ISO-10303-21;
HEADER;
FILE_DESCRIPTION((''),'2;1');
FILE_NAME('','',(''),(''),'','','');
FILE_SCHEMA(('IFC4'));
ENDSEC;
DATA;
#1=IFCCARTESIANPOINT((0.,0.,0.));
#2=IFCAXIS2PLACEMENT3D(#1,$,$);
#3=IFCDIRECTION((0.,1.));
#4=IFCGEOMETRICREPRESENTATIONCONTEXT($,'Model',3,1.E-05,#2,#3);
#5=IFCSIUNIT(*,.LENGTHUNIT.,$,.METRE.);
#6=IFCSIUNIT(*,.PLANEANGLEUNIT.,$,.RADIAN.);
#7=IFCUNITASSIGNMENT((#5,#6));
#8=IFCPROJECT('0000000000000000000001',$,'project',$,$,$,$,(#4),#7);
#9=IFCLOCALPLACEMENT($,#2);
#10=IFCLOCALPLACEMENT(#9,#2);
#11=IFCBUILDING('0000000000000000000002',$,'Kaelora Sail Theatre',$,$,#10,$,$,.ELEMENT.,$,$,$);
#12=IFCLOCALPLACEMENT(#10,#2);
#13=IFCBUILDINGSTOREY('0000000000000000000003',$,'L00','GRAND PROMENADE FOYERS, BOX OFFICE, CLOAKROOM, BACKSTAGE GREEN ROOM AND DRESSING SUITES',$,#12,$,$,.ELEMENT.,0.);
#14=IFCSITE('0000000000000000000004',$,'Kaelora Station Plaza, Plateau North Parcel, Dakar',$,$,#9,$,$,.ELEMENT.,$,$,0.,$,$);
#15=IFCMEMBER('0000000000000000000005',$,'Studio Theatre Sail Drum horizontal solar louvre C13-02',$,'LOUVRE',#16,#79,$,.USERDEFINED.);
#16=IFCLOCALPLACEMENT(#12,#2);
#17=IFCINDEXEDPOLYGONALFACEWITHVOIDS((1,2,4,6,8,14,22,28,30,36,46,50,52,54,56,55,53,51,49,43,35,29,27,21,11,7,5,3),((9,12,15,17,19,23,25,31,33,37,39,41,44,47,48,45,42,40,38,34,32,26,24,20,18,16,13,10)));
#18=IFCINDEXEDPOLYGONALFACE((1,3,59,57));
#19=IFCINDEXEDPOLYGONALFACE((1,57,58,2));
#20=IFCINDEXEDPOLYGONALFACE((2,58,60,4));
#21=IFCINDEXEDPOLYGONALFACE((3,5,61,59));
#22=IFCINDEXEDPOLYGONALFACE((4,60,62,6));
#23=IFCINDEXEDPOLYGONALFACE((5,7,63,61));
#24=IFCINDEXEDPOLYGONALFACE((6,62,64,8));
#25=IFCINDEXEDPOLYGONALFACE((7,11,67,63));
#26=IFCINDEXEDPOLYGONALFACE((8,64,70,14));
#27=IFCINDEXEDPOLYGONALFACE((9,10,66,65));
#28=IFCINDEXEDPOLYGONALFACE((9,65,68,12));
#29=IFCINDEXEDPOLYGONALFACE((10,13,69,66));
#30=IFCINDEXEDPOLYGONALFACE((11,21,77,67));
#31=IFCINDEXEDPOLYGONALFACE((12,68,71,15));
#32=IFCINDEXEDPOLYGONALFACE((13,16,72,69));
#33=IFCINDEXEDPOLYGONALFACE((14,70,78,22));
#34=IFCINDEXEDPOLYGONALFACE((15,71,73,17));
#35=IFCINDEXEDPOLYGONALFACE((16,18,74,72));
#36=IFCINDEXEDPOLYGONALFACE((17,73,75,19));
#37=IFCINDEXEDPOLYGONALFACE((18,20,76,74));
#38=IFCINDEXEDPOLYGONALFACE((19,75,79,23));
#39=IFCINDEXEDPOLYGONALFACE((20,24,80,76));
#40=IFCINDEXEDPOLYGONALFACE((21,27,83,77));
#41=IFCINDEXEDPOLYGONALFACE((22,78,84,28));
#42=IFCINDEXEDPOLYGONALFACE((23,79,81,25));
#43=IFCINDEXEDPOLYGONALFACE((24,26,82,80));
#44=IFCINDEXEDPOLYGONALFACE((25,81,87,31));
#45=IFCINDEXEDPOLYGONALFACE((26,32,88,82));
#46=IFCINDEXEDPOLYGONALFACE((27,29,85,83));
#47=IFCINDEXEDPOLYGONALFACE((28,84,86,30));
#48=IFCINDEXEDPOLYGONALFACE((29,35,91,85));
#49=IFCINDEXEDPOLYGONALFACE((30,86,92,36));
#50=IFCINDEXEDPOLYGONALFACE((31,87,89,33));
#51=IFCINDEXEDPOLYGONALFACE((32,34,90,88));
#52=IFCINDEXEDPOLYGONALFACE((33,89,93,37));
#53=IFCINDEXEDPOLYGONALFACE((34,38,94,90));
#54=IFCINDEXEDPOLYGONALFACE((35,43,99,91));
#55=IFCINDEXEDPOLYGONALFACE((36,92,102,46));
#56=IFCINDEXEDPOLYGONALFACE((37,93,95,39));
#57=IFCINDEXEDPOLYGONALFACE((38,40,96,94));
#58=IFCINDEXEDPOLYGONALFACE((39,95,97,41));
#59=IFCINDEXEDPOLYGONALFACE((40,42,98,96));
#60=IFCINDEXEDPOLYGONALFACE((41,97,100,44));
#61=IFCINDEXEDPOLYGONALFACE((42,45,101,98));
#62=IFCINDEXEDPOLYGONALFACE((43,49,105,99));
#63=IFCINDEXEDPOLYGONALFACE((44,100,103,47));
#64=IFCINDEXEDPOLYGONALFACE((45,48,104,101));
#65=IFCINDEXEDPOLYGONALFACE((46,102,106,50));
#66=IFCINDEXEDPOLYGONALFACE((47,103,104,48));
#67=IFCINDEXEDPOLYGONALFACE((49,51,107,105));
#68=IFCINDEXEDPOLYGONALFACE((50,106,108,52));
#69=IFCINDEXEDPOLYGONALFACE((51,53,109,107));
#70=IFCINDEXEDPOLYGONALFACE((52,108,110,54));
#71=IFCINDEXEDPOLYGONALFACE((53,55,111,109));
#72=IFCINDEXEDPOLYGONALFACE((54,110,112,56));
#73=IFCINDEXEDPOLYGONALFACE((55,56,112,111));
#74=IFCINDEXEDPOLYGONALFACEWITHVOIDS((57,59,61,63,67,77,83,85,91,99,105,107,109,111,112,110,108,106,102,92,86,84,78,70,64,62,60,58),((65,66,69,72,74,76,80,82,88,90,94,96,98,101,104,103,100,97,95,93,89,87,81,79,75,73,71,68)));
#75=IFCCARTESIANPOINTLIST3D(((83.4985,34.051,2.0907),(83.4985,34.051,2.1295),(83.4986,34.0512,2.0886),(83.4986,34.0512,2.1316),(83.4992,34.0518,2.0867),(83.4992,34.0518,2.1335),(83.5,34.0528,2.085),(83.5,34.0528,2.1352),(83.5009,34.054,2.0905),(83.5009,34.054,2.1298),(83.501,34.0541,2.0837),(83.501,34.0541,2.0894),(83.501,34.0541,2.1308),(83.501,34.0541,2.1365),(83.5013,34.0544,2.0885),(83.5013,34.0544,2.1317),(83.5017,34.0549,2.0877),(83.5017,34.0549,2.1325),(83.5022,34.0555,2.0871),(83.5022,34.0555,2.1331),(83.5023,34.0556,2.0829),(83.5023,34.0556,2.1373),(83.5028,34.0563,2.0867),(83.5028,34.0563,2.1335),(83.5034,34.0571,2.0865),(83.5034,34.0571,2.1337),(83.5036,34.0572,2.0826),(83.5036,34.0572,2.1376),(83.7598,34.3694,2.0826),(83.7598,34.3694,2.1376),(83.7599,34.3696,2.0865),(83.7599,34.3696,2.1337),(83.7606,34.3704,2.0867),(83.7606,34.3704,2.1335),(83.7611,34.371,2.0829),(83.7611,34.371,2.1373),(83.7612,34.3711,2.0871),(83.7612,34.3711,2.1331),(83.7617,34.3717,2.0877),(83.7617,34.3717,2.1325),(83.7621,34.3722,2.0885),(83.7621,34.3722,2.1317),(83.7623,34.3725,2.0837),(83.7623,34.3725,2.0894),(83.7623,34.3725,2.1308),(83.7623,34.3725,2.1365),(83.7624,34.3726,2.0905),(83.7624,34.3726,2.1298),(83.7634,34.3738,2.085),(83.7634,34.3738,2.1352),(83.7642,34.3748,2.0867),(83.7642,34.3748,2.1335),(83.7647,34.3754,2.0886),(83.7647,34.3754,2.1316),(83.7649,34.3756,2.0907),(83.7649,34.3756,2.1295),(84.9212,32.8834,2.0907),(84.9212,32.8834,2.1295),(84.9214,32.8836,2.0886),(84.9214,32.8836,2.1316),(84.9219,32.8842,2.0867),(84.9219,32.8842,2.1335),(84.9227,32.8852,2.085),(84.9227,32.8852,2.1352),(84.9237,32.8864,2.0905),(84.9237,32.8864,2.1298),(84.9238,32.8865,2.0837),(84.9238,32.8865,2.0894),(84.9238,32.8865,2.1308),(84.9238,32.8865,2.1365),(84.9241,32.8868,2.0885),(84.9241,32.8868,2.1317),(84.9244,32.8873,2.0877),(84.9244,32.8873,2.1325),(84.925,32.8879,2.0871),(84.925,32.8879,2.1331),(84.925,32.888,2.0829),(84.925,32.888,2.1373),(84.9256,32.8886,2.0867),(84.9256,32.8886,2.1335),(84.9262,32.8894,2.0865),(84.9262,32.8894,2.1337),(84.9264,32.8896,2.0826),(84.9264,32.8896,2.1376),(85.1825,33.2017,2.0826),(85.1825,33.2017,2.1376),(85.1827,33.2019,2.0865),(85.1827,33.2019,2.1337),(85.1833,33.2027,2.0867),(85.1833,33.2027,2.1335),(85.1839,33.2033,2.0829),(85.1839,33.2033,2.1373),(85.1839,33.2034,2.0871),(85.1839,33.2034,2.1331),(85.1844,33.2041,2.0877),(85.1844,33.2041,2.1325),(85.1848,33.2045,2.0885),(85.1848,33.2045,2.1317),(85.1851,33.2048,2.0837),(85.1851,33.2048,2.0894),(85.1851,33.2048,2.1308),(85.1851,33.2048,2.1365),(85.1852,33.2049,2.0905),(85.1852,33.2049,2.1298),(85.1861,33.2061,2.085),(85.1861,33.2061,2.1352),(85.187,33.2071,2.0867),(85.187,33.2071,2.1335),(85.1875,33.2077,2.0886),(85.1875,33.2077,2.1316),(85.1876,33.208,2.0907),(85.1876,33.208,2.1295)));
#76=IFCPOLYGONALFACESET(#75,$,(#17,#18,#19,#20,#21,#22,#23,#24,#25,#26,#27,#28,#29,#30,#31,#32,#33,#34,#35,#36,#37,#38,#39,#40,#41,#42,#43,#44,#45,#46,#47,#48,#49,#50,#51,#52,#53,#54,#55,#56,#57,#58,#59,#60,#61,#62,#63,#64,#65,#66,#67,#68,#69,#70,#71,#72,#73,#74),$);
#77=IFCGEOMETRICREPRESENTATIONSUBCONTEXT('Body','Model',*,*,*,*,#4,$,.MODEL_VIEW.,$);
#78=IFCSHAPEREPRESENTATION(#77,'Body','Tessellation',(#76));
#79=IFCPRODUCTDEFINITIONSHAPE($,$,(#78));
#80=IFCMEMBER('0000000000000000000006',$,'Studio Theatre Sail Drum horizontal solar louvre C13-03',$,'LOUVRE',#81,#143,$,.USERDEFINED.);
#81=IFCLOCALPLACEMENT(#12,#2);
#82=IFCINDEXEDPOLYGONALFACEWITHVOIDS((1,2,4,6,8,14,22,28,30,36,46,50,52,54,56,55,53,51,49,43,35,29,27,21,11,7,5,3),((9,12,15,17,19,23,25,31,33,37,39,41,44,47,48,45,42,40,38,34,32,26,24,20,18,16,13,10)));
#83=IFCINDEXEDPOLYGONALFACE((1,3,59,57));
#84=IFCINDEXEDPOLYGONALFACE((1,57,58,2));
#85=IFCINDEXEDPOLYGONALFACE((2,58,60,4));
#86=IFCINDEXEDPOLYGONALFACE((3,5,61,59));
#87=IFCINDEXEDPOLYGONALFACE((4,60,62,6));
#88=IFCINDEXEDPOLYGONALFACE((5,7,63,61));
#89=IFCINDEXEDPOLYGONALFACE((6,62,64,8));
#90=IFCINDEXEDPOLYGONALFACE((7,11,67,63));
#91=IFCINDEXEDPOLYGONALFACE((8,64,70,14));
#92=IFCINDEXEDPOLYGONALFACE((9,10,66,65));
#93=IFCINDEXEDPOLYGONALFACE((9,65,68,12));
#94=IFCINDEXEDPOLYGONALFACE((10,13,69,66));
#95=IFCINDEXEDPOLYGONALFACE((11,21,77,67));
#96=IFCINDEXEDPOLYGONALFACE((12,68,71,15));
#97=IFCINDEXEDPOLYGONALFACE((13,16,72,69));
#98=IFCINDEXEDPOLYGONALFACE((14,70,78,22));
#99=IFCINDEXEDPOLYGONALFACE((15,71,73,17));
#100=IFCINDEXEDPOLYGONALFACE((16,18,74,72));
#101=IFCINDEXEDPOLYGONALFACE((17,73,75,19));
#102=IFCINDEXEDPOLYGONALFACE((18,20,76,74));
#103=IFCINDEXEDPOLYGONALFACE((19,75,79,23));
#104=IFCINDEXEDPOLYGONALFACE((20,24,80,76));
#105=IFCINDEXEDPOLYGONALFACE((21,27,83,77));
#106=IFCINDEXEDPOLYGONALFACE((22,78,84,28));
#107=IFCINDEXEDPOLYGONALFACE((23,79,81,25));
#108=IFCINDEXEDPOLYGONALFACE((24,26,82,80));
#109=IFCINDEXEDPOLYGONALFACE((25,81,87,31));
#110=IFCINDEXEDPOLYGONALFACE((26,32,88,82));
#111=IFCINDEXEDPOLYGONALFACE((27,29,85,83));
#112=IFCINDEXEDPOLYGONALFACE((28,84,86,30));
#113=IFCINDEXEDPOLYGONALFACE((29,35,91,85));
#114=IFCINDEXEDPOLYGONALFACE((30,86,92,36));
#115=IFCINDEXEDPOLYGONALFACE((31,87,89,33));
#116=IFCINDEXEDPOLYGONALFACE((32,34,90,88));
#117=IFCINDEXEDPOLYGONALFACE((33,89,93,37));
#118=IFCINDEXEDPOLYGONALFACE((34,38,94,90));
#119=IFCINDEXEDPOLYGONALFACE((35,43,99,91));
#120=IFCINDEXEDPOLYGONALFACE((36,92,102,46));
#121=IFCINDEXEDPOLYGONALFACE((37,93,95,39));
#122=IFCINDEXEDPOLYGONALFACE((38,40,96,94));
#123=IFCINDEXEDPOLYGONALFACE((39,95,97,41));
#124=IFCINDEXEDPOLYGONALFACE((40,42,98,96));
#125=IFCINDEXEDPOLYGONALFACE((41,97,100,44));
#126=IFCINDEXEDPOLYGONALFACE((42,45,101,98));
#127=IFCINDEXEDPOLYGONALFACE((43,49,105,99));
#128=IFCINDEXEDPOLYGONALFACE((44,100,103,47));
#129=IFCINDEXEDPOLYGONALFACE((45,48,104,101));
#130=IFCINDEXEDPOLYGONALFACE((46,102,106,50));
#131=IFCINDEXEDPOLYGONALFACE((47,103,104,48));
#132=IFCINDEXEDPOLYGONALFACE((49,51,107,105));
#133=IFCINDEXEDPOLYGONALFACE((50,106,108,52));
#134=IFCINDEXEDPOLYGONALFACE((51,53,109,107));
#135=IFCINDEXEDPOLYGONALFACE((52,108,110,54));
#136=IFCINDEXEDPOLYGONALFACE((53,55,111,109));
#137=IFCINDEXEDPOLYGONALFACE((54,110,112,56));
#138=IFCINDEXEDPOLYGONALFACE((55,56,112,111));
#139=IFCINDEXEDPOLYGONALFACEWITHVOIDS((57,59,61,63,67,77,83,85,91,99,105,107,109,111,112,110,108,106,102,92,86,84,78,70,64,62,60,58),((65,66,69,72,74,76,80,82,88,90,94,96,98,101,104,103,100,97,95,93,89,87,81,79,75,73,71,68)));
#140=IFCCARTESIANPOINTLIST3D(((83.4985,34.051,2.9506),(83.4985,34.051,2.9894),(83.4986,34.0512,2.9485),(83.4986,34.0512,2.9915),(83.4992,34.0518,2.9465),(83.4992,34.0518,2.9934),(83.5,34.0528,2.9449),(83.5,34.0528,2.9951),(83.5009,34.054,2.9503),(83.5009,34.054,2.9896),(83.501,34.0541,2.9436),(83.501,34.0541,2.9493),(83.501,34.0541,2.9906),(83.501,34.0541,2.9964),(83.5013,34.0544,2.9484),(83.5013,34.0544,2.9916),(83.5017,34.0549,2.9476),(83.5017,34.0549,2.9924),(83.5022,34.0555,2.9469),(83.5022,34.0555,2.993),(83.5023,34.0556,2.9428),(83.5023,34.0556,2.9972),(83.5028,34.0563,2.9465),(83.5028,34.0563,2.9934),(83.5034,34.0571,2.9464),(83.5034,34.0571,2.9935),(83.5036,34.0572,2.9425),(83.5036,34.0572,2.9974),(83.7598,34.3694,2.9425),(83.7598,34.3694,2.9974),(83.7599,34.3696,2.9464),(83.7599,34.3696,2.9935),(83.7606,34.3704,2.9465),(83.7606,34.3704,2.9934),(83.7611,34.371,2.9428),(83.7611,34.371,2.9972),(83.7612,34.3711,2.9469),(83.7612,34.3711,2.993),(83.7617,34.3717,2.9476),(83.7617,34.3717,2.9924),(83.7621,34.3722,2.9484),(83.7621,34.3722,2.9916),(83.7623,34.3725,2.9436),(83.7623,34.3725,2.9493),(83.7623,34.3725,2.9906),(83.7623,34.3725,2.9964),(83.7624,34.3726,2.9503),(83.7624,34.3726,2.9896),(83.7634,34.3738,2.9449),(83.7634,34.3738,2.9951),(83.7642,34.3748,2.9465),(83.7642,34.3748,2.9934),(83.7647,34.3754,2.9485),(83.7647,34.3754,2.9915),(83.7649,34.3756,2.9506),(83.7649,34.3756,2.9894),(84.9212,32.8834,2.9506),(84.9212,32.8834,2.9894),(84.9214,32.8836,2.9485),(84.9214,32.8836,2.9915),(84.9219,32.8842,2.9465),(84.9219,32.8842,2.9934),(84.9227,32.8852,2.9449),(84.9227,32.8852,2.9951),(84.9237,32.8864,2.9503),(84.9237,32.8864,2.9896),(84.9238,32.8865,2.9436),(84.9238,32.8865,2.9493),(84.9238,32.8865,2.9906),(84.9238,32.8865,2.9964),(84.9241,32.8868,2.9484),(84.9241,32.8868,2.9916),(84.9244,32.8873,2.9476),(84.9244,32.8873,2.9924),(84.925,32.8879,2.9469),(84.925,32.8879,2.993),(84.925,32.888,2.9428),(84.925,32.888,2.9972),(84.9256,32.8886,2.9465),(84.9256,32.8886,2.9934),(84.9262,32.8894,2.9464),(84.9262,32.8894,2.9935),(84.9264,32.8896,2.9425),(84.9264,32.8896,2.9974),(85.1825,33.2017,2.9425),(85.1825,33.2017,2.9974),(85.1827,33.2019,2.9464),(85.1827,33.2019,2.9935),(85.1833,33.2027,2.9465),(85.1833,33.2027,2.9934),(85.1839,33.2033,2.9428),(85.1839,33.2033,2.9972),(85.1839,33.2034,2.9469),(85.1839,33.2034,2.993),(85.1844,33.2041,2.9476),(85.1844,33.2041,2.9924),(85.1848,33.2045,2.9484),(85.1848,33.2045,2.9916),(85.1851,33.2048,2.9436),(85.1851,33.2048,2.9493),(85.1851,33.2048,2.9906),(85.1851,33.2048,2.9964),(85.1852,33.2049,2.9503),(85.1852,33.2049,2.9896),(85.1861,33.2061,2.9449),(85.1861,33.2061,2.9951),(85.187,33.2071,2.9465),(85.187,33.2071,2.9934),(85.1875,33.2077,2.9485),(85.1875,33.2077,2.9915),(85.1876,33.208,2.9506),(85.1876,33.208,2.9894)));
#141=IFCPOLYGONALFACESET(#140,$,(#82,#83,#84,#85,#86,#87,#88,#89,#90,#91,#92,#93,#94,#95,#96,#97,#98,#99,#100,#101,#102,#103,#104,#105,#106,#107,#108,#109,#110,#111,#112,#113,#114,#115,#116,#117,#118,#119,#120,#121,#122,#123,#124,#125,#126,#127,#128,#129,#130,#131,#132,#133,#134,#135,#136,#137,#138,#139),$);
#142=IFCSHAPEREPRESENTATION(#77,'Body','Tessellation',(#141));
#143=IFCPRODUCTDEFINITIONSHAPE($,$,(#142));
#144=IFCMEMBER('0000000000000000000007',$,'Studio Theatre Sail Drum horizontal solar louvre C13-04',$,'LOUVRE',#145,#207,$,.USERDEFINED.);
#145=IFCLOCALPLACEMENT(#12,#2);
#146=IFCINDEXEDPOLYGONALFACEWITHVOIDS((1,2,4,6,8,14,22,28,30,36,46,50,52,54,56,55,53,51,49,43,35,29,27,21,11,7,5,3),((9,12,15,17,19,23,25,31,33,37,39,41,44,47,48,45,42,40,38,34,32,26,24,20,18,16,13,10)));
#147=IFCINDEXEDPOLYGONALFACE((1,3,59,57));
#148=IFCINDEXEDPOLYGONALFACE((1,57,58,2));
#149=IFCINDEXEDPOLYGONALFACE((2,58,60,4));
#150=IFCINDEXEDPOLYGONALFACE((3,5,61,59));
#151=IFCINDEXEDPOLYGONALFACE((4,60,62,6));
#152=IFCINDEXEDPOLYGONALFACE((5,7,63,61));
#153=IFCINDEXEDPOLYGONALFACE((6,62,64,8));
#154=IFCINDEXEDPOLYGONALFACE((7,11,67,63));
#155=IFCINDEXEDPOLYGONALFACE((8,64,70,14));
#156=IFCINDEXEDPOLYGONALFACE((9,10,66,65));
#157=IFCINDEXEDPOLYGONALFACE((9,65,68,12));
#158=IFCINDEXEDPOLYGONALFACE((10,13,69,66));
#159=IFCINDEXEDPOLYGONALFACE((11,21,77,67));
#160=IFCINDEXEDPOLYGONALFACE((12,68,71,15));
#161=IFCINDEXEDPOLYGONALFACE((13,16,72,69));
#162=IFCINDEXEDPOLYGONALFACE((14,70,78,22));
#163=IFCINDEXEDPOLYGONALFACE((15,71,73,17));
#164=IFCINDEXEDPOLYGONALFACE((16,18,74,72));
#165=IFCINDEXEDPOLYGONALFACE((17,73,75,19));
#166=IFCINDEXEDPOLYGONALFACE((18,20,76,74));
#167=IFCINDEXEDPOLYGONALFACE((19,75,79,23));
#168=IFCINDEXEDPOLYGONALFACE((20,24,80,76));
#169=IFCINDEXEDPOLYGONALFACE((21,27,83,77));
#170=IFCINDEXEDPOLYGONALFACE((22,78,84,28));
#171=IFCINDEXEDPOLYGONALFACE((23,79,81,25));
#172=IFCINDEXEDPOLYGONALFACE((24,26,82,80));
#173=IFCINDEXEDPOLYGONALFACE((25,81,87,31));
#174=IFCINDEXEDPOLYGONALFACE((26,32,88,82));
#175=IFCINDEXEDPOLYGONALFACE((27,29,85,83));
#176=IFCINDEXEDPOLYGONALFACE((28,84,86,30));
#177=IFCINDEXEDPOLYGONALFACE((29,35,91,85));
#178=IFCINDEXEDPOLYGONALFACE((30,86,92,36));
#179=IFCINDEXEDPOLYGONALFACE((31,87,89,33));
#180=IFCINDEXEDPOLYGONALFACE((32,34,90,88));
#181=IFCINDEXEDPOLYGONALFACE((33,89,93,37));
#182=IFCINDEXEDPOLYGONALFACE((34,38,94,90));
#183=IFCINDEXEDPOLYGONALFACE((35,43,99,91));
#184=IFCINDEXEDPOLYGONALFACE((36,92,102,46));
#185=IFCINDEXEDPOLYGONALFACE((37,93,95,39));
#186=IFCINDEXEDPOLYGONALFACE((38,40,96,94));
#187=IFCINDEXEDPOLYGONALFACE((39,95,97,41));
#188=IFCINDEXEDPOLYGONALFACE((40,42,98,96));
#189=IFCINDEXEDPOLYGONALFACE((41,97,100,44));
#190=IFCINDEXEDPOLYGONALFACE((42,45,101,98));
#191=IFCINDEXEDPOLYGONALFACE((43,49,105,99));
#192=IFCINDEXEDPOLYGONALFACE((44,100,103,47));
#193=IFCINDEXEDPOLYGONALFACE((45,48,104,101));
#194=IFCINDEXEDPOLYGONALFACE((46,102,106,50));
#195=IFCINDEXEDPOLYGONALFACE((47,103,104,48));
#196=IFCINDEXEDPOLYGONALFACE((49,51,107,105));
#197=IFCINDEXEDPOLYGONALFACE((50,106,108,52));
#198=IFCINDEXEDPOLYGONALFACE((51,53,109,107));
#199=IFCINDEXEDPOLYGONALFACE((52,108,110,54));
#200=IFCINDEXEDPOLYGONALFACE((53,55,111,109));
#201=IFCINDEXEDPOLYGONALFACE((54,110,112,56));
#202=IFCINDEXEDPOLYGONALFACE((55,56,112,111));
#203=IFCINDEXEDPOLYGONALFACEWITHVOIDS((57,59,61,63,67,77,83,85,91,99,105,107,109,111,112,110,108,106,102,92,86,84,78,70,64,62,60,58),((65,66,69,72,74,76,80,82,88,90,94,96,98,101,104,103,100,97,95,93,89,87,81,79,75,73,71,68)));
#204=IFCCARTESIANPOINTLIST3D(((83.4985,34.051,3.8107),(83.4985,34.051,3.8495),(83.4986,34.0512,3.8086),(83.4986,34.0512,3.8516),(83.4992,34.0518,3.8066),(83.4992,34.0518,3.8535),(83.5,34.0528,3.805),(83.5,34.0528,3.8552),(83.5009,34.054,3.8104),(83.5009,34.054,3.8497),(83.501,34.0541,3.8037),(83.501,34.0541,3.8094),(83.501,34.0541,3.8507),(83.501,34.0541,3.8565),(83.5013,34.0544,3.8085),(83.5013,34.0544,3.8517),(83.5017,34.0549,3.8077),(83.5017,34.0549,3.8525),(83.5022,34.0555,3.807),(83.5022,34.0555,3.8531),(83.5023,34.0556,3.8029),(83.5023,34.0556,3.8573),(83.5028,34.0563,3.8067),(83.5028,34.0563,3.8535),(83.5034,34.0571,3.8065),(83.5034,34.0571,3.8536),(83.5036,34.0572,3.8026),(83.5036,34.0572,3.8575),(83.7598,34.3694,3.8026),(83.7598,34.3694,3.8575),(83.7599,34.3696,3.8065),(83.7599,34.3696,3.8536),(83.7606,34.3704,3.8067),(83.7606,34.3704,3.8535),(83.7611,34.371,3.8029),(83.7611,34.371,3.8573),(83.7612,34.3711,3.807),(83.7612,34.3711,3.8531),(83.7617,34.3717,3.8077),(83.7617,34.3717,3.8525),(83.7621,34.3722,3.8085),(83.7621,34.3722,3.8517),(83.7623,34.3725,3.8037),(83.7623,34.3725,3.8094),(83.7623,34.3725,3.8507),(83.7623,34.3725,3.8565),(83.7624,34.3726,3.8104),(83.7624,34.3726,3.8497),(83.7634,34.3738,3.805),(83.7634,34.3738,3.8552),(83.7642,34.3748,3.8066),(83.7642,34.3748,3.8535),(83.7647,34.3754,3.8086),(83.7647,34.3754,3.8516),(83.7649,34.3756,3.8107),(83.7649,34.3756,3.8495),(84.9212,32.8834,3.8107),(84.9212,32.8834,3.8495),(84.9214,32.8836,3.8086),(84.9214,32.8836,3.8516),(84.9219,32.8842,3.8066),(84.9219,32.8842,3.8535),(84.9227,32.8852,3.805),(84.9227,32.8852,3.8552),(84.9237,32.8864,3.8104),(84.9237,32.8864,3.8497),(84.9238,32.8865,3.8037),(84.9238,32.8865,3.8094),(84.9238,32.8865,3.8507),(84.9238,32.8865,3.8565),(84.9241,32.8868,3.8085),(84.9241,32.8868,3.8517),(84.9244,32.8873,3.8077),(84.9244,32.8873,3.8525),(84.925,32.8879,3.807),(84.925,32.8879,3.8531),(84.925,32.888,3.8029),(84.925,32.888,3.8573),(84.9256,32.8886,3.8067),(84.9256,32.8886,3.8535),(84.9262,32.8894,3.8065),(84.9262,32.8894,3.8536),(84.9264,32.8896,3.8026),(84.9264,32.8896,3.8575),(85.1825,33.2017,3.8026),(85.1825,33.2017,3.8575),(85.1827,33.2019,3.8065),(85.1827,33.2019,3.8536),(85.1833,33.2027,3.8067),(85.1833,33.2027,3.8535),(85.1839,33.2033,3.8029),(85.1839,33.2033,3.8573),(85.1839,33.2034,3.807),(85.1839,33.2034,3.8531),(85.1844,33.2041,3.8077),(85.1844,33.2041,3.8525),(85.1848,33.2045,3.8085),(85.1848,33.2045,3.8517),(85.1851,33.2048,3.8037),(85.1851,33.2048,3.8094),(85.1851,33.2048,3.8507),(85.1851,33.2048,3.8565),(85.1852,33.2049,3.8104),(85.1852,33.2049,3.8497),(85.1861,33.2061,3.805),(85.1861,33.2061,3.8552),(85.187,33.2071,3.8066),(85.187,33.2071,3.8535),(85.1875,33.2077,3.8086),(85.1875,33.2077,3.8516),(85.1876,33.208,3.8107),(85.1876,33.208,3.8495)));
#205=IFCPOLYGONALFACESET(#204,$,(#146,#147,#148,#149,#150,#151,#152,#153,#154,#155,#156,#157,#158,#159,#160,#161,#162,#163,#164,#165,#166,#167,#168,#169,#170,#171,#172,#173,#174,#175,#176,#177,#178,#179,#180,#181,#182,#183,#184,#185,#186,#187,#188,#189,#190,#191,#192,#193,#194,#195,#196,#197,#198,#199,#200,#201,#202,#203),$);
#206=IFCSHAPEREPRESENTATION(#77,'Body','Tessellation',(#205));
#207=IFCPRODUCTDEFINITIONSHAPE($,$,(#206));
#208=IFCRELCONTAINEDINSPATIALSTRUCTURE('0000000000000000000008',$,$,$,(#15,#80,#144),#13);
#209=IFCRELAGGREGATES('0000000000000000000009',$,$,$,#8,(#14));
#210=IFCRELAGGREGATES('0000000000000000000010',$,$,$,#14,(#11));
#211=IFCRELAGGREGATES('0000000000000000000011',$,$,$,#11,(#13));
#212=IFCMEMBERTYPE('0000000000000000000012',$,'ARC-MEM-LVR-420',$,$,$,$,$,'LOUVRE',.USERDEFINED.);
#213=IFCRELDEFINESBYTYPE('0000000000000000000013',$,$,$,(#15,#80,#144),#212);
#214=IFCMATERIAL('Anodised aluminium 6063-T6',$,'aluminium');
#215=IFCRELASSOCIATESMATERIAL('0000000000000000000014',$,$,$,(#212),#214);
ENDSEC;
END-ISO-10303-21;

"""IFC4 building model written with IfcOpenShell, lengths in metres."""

from ifc_helpers import new_model, si_unit, direction, frame, origin, origin_2d, place, context, subcontext, project, spatial, hollow_rectangle, extrude, material, material_profile, profile_set, type_object, element, save


model = new_model("IFC4")

# Units and contexts
model_context = context("Model", 3, precision=1e-05, world=origin(), true_north=direction((0.0, 1.0)))
body_context = subcontext(model_context, "Body", "Model", "MODEL_VIEW")
ifc_project = project(units=[si_unit("LENGTHUNIT", "METRE"), si_unit("PLANEANGLEUNIT", "RADIAN")], contexts=[model_context])

# Site, building, storey
site_placement = place(None, origin())
site = spatial("IfcSite", under=ifc_project, at=site_placement, Name="Kaelora Station Plaza, Plateau North Parcel, Dakar", CompositionType="ELEMENT", RefElevation=0.0)
building_placement = place(site_placement, origin())
building = spatial("IfcBuilding", under=site, at=building_placement, Name="Kaelora Sail Theatre", CompositionType="ELEMENT")
storey_placement = place(building_placement, origin())
storey = spatial("IfcBuildingStorey", under=building, at=storey_placement, Name="L00", Description="GRAND PROMENADE FOYERS, BOX OFFICE, CLOAKROOM, BACKSTAGE GREEN ROOM AND DRESSING SUITES", CompositionType="ELEMENT", Elevation=0.0)

# Members
ifc_material_1 = material(Name="Anodised aluminium 6063-T6", Category="aluminium")
ifc_material_profile_1 = material_profile(ifc_material_1, hollow_rectangle(XDim=0.4199, YDim=0.0549, WallThickness=0.0039, InnerFilletRadius=0.0039, OuterFilletRadius=0.0081, at=origin_2d()), Name="LOUVRE 420x55x4")
ifc_profile_set_1 = profile_set([ifc_material_profile_1], Name="Anodised aluminium 6063-T6")
member_type_1 = type_object("IfcMemberType", Name="ARC-MEM-LVR-420", ElementType="LOUVRE", PredefinedType="USERDEFINED", material=ifc_profile_set_1)
for number, where, z_axis, x_axis, name in (
    (1, (85.0544, 33.0457, 2.1101), (-0.773005, 0.6344, 0.0), (-0.6344, -0.773005, 0.0), "Studio Theatre Sail Drum horizontal solar louvre C13-02"),
    (2, (85.0544, 33.0457, 2.97), (-0.773005, 0.6344, 0.0), (-0.6344, -0.773005, 0.0), "Studio Theatre Sail Drum horizontal solar louvre C13-03"),
    (3, (85.0544, 33.0457, 3.8301), (-0.773005, 0.6344, 0.0), (-0.6344, -0.773005, 0.0), "Studio Theatre Sail Drum horizontal solar louvre C13-04"),
):
    element("IfcMember", number, at=place(storey_placement, frame(where, z_axis=z_axis, x_axis=x_axis)), inside=storey, type_object=member_type_1, Name=name, ObjectType="LOUVRE", PredefinedType="USERDEFINED", context=body_context, shape_type="SweptSolid", body=[
        extrude(hollow_rectangle(XDim=0.4199, YDim=0.0549, WallThickness=0.0039, InnerFilletRadius=0.0039, OuterFilletRadius=0.0081, at=origin_2d()), origin(), (0.0, 0.0, 1.0), 1.8406),
    ])

save(model, "model.ifc")
